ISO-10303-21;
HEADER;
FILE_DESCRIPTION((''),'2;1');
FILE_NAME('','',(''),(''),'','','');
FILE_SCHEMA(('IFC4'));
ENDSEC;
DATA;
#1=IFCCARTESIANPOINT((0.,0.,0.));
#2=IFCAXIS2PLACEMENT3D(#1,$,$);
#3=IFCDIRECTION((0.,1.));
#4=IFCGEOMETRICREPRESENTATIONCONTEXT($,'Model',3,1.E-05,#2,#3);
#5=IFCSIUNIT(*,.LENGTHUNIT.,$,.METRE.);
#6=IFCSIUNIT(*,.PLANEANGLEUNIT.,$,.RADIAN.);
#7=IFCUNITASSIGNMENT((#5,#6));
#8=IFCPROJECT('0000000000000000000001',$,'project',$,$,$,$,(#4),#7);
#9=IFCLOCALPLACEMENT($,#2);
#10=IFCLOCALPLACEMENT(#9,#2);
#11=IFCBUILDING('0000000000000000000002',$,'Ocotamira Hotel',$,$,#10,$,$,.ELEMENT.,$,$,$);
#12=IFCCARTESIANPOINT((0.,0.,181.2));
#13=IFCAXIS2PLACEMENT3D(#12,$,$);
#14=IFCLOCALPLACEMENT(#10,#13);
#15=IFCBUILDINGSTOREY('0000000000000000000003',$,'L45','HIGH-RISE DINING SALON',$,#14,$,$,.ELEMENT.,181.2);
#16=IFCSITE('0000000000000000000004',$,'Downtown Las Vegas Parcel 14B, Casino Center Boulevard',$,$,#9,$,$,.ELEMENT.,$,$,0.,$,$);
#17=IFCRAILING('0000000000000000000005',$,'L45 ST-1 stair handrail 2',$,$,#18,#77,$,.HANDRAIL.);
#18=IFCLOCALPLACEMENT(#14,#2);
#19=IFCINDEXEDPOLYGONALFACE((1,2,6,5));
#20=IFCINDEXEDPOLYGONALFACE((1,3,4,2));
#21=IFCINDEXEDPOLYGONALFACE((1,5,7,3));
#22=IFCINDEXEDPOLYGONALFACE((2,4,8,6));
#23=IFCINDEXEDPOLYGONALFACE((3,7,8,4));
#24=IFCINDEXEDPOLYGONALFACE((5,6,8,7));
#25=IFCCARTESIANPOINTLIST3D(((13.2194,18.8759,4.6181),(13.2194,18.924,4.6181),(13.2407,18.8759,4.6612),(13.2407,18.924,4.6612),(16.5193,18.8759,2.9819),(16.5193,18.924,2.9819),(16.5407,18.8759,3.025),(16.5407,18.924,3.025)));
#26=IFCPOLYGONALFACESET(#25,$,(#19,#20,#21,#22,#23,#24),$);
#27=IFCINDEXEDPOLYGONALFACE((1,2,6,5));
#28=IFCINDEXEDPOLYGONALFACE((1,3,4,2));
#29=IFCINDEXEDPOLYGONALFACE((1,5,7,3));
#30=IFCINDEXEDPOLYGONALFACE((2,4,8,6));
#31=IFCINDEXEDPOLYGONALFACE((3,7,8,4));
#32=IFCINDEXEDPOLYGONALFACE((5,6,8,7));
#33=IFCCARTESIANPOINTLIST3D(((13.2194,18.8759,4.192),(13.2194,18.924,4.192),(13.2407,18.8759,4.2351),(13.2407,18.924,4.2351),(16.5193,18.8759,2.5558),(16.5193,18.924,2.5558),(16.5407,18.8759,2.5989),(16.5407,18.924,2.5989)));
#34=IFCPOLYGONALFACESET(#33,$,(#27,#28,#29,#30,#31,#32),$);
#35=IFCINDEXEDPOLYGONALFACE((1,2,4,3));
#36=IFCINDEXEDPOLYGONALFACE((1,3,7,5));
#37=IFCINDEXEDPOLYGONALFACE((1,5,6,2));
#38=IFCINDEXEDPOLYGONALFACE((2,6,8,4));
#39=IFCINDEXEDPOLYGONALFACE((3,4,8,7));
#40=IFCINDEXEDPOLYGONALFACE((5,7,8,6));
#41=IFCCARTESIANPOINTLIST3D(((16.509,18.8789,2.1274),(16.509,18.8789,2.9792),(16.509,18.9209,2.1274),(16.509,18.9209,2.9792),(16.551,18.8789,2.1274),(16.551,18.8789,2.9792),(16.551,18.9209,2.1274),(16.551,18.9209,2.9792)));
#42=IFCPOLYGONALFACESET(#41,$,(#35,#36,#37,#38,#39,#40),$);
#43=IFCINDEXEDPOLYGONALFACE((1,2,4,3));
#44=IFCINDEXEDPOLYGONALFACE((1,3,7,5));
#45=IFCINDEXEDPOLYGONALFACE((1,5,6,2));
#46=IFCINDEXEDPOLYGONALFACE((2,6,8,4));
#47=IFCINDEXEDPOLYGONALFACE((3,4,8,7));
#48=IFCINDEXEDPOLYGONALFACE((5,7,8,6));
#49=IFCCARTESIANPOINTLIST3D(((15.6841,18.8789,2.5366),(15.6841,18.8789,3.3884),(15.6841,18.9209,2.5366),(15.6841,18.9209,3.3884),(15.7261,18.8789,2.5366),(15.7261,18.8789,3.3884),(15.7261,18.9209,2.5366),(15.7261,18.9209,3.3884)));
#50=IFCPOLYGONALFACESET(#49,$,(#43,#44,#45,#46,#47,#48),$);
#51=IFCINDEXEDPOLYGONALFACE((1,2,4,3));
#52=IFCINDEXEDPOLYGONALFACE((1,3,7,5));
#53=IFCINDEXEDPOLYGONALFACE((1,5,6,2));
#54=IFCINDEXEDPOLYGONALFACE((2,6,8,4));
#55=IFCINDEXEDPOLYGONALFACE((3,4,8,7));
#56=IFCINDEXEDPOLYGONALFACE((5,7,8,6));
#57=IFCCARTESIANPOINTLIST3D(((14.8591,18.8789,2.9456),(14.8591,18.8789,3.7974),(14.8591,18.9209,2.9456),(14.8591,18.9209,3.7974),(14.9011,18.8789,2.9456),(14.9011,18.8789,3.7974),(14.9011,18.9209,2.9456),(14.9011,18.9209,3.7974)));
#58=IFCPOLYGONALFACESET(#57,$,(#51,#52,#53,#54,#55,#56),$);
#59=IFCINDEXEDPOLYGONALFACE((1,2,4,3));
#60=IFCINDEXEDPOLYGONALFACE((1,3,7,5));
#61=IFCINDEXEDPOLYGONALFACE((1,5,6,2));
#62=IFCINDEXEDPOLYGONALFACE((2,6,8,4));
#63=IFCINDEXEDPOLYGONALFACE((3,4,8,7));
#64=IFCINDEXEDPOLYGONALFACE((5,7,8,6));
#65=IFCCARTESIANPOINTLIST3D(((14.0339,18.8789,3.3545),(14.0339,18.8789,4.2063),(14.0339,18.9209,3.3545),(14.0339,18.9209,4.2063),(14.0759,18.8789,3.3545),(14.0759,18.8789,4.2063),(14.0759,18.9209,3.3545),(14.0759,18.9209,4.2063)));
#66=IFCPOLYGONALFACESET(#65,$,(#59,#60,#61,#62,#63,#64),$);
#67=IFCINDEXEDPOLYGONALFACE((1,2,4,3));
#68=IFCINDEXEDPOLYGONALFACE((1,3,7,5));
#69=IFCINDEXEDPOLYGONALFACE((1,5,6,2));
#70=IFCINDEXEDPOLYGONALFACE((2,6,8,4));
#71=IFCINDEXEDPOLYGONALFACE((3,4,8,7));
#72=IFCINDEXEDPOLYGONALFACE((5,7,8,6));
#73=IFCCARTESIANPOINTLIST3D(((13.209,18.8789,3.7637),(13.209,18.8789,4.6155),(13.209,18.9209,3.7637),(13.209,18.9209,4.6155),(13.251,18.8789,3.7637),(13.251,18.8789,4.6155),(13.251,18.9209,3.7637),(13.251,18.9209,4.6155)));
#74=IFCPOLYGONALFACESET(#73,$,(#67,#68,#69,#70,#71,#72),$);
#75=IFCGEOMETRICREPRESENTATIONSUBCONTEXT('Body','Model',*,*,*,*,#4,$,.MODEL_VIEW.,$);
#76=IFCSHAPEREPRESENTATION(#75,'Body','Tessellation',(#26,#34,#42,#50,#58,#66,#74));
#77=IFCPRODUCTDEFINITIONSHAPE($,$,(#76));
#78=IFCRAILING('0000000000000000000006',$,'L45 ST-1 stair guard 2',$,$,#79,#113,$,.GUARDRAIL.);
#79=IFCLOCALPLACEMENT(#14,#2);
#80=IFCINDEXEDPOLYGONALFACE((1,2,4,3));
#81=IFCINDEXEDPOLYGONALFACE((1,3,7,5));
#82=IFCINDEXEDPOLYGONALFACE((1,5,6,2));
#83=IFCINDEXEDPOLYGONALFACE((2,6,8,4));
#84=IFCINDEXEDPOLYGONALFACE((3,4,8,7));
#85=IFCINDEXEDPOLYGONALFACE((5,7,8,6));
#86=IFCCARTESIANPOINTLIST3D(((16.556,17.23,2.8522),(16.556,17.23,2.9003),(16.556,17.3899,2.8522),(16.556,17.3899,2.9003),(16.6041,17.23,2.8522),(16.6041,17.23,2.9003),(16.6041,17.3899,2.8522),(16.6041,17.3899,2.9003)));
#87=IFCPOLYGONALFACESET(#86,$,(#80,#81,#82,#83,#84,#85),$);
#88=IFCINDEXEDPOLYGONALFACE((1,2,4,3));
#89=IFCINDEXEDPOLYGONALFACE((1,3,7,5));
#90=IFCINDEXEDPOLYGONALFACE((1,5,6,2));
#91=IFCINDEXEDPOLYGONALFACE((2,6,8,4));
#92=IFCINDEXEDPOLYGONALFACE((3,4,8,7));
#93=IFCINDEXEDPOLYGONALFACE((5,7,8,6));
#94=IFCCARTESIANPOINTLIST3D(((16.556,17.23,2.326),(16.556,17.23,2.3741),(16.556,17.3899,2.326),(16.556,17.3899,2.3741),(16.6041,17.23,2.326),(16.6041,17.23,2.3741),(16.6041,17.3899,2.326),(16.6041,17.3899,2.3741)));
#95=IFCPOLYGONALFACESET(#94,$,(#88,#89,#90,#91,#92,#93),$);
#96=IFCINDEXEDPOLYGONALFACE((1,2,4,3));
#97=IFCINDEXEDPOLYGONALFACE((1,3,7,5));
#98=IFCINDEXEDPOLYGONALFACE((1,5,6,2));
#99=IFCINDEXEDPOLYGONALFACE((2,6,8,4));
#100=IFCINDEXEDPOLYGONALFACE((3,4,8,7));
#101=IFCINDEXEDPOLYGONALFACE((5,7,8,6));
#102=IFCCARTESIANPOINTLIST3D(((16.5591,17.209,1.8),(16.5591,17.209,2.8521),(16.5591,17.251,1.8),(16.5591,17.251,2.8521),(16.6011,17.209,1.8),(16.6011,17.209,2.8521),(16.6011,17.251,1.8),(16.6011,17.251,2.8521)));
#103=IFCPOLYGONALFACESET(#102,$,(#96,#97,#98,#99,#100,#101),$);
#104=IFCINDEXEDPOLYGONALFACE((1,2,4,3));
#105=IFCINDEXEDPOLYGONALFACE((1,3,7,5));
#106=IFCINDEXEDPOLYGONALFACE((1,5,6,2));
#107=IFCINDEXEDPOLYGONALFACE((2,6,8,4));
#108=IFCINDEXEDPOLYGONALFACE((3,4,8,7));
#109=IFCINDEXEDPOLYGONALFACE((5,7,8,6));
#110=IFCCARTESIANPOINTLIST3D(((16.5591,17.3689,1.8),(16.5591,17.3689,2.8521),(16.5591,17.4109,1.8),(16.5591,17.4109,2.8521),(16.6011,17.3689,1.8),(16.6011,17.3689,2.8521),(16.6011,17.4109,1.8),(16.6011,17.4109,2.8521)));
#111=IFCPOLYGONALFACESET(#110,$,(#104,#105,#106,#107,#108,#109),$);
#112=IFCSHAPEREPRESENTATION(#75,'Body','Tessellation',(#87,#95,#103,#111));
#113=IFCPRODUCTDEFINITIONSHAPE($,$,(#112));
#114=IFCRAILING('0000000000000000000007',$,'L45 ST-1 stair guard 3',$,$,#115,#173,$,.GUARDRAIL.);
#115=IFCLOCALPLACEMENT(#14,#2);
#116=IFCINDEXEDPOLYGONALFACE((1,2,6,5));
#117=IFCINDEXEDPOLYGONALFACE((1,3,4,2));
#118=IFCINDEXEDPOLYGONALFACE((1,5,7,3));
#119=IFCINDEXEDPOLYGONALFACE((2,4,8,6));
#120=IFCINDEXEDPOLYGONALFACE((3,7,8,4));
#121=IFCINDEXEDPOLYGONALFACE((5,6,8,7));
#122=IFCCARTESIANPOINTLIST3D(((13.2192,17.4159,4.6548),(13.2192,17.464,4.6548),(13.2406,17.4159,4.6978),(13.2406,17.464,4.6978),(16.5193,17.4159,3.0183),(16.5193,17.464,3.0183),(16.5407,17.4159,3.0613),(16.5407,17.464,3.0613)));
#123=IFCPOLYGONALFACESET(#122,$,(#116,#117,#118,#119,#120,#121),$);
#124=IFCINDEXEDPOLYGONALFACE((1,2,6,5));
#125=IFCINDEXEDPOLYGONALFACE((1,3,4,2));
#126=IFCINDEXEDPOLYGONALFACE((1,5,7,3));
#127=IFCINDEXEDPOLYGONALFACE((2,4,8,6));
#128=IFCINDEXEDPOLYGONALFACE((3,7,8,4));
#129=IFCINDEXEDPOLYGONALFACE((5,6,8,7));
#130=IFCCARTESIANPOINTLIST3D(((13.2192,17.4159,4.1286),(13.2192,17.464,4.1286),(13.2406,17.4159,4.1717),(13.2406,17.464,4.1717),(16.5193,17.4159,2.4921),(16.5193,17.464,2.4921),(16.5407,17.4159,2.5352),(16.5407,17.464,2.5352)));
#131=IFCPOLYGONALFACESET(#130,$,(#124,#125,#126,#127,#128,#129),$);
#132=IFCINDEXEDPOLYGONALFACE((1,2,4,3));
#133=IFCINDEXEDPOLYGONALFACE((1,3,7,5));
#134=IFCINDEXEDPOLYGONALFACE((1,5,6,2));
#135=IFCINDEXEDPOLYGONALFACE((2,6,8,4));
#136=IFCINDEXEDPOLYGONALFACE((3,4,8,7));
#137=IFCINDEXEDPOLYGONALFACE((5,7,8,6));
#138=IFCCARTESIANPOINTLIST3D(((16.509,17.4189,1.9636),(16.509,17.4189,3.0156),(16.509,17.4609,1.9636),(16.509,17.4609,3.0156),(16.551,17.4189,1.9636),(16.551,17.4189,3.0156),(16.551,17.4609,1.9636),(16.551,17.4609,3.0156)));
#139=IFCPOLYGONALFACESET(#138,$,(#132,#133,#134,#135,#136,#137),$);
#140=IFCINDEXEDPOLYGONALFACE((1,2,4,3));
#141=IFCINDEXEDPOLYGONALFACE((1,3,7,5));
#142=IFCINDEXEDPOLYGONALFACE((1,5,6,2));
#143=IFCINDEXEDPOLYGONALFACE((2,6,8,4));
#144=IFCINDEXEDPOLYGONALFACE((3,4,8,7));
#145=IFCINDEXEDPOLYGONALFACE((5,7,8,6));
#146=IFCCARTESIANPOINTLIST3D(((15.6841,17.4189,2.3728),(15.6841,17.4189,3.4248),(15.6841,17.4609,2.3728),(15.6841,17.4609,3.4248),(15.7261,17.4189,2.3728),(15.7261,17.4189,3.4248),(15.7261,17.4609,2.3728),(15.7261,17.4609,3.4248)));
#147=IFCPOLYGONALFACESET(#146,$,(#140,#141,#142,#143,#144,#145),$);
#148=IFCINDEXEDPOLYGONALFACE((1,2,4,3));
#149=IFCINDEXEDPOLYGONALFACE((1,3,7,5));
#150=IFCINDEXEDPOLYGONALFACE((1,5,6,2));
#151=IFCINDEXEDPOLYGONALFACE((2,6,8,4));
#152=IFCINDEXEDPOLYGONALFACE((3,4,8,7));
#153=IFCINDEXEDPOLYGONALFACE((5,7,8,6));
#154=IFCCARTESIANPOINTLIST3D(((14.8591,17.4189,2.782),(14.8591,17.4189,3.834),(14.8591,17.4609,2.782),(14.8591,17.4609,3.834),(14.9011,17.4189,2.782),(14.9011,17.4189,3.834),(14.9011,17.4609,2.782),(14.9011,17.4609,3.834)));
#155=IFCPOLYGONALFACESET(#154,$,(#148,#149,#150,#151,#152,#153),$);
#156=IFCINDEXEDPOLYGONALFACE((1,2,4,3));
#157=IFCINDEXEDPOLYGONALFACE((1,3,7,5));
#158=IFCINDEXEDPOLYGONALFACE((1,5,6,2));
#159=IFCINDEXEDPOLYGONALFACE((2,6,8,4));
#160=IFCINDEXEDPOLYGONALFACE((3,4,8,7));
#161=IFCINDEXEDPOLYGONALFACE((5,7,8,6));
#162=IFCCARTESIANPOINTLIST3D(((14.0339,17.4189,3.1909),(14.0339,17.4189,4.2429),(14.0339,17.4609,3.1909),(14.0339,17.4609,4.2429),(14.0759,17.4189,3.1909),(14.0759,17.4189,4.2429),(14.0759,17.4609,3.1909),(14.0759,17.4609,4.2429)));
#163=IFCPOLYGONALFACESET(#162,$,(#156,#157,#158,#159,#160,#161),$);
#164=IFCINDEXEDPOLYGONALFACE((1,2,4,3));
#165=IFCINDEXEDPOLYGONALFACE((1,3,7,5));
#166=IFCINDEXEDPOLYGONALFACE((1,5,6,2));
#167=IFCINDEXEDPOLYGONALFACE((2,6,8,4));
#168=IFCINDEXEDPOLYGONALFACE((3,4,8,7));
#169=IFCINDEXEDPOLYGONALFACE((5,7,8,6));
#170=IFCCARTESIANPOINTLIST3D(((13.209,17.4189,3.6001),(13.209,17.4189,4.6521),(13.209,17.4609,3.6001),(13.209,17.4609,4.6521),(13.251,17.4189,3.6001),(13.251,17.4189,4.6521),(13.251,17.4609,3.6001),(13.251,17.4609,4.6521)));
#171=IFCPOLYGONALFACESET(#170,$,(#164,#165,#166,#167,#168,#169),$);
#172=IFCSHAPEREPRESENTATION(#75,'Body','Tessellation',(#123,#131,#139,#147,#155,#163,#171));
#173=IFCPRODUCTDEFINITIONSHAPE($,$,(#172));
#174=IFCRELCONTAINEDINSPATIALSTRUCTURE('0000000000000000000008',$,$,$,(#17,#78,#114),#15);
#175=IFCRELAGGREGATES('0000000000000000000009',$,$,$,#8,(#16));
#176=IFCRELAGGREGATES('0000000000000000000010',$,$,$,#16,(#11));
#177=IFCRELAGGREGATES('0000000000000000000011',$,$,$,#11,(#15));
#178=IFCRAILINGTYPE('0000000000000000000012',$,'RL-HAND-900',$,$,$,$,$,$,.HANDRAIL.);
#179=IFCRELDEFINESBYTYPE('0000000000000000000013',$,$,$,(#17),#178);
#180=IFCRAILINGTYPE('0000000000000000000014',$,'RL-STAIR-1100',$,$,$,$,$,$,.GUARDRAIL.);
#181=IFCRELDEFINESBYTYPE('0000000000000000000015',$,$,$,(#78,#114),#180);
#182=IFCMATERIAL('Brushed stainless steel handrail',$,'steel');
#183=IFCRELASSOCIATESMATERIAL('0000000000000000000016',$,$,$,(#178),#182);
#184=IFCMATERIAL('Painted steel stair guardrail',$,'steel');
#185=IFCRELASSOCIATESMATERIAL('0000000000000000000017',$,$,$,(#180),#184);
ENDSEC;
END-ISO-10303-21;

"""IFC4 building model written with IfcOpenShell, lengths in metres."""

from ifc_helpers import new_model, si_unit, direction, frame, origin, origin_2d, place, context, subcontext, project, spatial, rectangle, extrude, material, type_object, element, save


model = new_model("IFC4")

# Units and contexts
model_context = context("Model", 3, precision=1e-05, world=origin(), true_north=direction((0.0, 1.0)))
body_context = subcontext(model_context, "Body", "Model", "MODEL_VIEW")
ifc_project = project(units=[si_unit("LENGTHUNIT", "METRE"), si_unit("PLANEANGLEUNIT", "RADIAN")], contexts=[model_context])

# Site, building, storey
site_placement = place(None, origin())
site = spatial("IfcSite", under=ifc_project, at=site_placement, Name="Downtown Las Vegas Parcel 14B, Casino Center Boulevard", CompositionType="ELEMENT", RefElevation=0.0)
building_placement = place(site_placement, origin())
building = spatial("IfcBuilding", under=site, at=building_placement, Name="Ocotamira Hotel", CompositionType="ELEMENT")
storey_placement = place(building_placement, frame((0.0, 0.0, 181.2)))
storey = spatial("IfcBuildingStorey", under=building, at=storey_placement, Name="L45", Description="HIGH-RISE DINING SALON", CompositionType="ELEMENT", Elevation=181.2)

# Railings
ifc_material_1 = material(Name="Brushed stainless steel handrail", Category="steel")
railing_type_1 = type_object("IfcRailingType", Name="RL-HAND-900", PredefinedType="HANDRAIL", material=ifc_material_1)
railing_1_placement = place(storey_placement, frame((16.53, 18.8999, 2.1274)))
element("IfcRailing", 1, at=railing_1_placement, inside=storey, type_object=railing_type_1, Name="L45 ST-1 stair handrail 2", PredefinedType="HANDRAIL", context=body_context, shape_type="SweptSolid", body=[
    extrude(rectangle(XDim=0.0481, YDim=0.0481, at=origin_2d()), frame((0.0, 0.0, 0.876), z_axis=(-0.89592, 0.0, 0.444215), x_axis=(0.0, -1.0, 0.0)), (0.0, 0.0, 1.0), 3.6833),
    extrude(rectangle(XDim=0.0481, YDim=0.0481, at=origin_2d()), frame((0.0, 0.0, 0.45), z_axis=(-0.89592, 0.0, 0.444215), x_axis=(0.0, -1.0, 0.0)), (0.0, 0.0, 1.0), 3.6833),
    extrude(rectangle(XDim=0.042, YDim=0.042, at=origin_2d()), origin(), (0.0, 0.0, 1.0), 0.8518),
    extrude(rectangle(XDim=0.042, YDim=0.042, at=origin_2d()), frame((-0.825, 0.0, 0.4092)), (0.0, 0.0, 1.0), 0.8518),
    extrude(rectangle(XDim=0.042, YDim=0.042, at=origin_2d()), frame((-1.6499, 0.0, 0.8181)), (0.0, 0.0, 1.0), 0.8518),
    extrude(rectangle(XDim=0.042, YDim=0.042, at=origin_2d()), frame((-2.4751, 0.0, 1.2271)), (0.0, 0.0, 1.0), 0.8518),
    extrude(rectangle(XDim=0.042, YDim=0.042, at=origin_2d()), frame((-3.3, 0.0, 1.6362)), (0.0, 0.0, 1.0), 0.8518),
])
ifc_material_2 = material(Name="Painted steel stair guardrail", Category="steel")
railing_type_2 = type_object("IfcRailingType", Name="RL-STAIR-1100", PredefinedType="GUARDRAIL", material=ifc_material_2)
railing_2_placement = place(storey_placement, frame((16.5801, 17.23, 1.8)))
element("IfcRailing", 2, at=railing_2_placement, inside=storey, type_object=railing_type_2, Name="L45 ST-1 stair guard 2", PredefinedType="GUARDRAIL", context=body_context, shape_type="SweptSolid", body=[
    extrude(rectangle(XDim=0.0481, YDim=0.0481, at=origin_2d()), frame((0.0, 0.0, 1.0762), z_axis=(0.0, 1.0, 0.0), x_axis=(-1.0, 0.0, 0.0)), (0.0, 0.0, 1.0), 0.1599),
    extrude(rectangle(XDim=0.0481, YDim=0.0481, at=origin_2d()), frame((0.0, 0.0, 0.55), z_axis=(0.0, 1.0, 0.0), x_axis=(-1.0, 0.0, 0.0)), (0.0, 0.0, 1.0), 0.1599),
    extrude(rectangle(XDim=0.042, YDim=0.042, at=origin_2d()), origin(), (0.0, 0.0, 1.0), 1.052),
    extrude(rectangle(XDim=0.042, YDim=0.042, at=origin_2d()), frame((0.0, 0.1599, 0.0)), (0.0, 0.0, 1.0), 1.052),
])
railing_3_placement = place(storey_placement, frame((16.53, 17.4399, 1.9636)))
element("IfcRailing", 3, at=railing_3_placement, inside=storey, type_object=railing_type_2, Name="L45 ST-1 stair guard 3", PredefinedType="GUARDRAIL", context=body_context, shape_type="SweptSolid", body=[
    extrude(rectangle(XDim=0.0481, YDim=0.0481, at=origin_2d()), frame((0.0, 0.0, 1.0762), z_axis=(-0.895894, 0.0, 0.444268), x_axis=(0.0, -1.0, 0.0)), (0.0, 0.0, 1.0), 3.6836),
    extrude(rectangle(XDim=0.0481, YDim=0.0481, at=origin_2d()), frame((0.0, 0.0, 0.55), z_axis=(-0.895894, 0.0, 0.444268), x_axis=(0.0, -1.0, 0.0)), (0.0, 0.0, 1.0), 3.6836),
    extrude(rectangle(XDim=0.042, YDim=0.042, at=origin_2d()), origin(), (0.0, 0.0, 1.0), 1.052),
    extrude(rectangle(XDim=0.042, YDim=0.042, at=origin_2d()), frame((-0.825, 0.0, 0.4092)), (0.0, 0.0, 1.0), 1.052),
    extrude(rectangle(XDim=0.042, YDim=0.042, at=origin_2d()), frame((-1.6499, 0.0, 0.8184)), (0.0, 0.0, 1.0), 1.052),
    extrude(rectangle(XDim=0.042, YDim=0.042, at=origin_2d()), frame((-2.4751, 0.0, 1.2273)), (0.0, 0.0, 1.0), 1.052),
    extrude(rectangle(XDim=0.042, YDim=0.042, at=origin_2d()), frame((-3.3, 0.0, 1.6365)), (0.0, 0.0, 1.0), 1.052),
])

save(model, "model.ifc")
